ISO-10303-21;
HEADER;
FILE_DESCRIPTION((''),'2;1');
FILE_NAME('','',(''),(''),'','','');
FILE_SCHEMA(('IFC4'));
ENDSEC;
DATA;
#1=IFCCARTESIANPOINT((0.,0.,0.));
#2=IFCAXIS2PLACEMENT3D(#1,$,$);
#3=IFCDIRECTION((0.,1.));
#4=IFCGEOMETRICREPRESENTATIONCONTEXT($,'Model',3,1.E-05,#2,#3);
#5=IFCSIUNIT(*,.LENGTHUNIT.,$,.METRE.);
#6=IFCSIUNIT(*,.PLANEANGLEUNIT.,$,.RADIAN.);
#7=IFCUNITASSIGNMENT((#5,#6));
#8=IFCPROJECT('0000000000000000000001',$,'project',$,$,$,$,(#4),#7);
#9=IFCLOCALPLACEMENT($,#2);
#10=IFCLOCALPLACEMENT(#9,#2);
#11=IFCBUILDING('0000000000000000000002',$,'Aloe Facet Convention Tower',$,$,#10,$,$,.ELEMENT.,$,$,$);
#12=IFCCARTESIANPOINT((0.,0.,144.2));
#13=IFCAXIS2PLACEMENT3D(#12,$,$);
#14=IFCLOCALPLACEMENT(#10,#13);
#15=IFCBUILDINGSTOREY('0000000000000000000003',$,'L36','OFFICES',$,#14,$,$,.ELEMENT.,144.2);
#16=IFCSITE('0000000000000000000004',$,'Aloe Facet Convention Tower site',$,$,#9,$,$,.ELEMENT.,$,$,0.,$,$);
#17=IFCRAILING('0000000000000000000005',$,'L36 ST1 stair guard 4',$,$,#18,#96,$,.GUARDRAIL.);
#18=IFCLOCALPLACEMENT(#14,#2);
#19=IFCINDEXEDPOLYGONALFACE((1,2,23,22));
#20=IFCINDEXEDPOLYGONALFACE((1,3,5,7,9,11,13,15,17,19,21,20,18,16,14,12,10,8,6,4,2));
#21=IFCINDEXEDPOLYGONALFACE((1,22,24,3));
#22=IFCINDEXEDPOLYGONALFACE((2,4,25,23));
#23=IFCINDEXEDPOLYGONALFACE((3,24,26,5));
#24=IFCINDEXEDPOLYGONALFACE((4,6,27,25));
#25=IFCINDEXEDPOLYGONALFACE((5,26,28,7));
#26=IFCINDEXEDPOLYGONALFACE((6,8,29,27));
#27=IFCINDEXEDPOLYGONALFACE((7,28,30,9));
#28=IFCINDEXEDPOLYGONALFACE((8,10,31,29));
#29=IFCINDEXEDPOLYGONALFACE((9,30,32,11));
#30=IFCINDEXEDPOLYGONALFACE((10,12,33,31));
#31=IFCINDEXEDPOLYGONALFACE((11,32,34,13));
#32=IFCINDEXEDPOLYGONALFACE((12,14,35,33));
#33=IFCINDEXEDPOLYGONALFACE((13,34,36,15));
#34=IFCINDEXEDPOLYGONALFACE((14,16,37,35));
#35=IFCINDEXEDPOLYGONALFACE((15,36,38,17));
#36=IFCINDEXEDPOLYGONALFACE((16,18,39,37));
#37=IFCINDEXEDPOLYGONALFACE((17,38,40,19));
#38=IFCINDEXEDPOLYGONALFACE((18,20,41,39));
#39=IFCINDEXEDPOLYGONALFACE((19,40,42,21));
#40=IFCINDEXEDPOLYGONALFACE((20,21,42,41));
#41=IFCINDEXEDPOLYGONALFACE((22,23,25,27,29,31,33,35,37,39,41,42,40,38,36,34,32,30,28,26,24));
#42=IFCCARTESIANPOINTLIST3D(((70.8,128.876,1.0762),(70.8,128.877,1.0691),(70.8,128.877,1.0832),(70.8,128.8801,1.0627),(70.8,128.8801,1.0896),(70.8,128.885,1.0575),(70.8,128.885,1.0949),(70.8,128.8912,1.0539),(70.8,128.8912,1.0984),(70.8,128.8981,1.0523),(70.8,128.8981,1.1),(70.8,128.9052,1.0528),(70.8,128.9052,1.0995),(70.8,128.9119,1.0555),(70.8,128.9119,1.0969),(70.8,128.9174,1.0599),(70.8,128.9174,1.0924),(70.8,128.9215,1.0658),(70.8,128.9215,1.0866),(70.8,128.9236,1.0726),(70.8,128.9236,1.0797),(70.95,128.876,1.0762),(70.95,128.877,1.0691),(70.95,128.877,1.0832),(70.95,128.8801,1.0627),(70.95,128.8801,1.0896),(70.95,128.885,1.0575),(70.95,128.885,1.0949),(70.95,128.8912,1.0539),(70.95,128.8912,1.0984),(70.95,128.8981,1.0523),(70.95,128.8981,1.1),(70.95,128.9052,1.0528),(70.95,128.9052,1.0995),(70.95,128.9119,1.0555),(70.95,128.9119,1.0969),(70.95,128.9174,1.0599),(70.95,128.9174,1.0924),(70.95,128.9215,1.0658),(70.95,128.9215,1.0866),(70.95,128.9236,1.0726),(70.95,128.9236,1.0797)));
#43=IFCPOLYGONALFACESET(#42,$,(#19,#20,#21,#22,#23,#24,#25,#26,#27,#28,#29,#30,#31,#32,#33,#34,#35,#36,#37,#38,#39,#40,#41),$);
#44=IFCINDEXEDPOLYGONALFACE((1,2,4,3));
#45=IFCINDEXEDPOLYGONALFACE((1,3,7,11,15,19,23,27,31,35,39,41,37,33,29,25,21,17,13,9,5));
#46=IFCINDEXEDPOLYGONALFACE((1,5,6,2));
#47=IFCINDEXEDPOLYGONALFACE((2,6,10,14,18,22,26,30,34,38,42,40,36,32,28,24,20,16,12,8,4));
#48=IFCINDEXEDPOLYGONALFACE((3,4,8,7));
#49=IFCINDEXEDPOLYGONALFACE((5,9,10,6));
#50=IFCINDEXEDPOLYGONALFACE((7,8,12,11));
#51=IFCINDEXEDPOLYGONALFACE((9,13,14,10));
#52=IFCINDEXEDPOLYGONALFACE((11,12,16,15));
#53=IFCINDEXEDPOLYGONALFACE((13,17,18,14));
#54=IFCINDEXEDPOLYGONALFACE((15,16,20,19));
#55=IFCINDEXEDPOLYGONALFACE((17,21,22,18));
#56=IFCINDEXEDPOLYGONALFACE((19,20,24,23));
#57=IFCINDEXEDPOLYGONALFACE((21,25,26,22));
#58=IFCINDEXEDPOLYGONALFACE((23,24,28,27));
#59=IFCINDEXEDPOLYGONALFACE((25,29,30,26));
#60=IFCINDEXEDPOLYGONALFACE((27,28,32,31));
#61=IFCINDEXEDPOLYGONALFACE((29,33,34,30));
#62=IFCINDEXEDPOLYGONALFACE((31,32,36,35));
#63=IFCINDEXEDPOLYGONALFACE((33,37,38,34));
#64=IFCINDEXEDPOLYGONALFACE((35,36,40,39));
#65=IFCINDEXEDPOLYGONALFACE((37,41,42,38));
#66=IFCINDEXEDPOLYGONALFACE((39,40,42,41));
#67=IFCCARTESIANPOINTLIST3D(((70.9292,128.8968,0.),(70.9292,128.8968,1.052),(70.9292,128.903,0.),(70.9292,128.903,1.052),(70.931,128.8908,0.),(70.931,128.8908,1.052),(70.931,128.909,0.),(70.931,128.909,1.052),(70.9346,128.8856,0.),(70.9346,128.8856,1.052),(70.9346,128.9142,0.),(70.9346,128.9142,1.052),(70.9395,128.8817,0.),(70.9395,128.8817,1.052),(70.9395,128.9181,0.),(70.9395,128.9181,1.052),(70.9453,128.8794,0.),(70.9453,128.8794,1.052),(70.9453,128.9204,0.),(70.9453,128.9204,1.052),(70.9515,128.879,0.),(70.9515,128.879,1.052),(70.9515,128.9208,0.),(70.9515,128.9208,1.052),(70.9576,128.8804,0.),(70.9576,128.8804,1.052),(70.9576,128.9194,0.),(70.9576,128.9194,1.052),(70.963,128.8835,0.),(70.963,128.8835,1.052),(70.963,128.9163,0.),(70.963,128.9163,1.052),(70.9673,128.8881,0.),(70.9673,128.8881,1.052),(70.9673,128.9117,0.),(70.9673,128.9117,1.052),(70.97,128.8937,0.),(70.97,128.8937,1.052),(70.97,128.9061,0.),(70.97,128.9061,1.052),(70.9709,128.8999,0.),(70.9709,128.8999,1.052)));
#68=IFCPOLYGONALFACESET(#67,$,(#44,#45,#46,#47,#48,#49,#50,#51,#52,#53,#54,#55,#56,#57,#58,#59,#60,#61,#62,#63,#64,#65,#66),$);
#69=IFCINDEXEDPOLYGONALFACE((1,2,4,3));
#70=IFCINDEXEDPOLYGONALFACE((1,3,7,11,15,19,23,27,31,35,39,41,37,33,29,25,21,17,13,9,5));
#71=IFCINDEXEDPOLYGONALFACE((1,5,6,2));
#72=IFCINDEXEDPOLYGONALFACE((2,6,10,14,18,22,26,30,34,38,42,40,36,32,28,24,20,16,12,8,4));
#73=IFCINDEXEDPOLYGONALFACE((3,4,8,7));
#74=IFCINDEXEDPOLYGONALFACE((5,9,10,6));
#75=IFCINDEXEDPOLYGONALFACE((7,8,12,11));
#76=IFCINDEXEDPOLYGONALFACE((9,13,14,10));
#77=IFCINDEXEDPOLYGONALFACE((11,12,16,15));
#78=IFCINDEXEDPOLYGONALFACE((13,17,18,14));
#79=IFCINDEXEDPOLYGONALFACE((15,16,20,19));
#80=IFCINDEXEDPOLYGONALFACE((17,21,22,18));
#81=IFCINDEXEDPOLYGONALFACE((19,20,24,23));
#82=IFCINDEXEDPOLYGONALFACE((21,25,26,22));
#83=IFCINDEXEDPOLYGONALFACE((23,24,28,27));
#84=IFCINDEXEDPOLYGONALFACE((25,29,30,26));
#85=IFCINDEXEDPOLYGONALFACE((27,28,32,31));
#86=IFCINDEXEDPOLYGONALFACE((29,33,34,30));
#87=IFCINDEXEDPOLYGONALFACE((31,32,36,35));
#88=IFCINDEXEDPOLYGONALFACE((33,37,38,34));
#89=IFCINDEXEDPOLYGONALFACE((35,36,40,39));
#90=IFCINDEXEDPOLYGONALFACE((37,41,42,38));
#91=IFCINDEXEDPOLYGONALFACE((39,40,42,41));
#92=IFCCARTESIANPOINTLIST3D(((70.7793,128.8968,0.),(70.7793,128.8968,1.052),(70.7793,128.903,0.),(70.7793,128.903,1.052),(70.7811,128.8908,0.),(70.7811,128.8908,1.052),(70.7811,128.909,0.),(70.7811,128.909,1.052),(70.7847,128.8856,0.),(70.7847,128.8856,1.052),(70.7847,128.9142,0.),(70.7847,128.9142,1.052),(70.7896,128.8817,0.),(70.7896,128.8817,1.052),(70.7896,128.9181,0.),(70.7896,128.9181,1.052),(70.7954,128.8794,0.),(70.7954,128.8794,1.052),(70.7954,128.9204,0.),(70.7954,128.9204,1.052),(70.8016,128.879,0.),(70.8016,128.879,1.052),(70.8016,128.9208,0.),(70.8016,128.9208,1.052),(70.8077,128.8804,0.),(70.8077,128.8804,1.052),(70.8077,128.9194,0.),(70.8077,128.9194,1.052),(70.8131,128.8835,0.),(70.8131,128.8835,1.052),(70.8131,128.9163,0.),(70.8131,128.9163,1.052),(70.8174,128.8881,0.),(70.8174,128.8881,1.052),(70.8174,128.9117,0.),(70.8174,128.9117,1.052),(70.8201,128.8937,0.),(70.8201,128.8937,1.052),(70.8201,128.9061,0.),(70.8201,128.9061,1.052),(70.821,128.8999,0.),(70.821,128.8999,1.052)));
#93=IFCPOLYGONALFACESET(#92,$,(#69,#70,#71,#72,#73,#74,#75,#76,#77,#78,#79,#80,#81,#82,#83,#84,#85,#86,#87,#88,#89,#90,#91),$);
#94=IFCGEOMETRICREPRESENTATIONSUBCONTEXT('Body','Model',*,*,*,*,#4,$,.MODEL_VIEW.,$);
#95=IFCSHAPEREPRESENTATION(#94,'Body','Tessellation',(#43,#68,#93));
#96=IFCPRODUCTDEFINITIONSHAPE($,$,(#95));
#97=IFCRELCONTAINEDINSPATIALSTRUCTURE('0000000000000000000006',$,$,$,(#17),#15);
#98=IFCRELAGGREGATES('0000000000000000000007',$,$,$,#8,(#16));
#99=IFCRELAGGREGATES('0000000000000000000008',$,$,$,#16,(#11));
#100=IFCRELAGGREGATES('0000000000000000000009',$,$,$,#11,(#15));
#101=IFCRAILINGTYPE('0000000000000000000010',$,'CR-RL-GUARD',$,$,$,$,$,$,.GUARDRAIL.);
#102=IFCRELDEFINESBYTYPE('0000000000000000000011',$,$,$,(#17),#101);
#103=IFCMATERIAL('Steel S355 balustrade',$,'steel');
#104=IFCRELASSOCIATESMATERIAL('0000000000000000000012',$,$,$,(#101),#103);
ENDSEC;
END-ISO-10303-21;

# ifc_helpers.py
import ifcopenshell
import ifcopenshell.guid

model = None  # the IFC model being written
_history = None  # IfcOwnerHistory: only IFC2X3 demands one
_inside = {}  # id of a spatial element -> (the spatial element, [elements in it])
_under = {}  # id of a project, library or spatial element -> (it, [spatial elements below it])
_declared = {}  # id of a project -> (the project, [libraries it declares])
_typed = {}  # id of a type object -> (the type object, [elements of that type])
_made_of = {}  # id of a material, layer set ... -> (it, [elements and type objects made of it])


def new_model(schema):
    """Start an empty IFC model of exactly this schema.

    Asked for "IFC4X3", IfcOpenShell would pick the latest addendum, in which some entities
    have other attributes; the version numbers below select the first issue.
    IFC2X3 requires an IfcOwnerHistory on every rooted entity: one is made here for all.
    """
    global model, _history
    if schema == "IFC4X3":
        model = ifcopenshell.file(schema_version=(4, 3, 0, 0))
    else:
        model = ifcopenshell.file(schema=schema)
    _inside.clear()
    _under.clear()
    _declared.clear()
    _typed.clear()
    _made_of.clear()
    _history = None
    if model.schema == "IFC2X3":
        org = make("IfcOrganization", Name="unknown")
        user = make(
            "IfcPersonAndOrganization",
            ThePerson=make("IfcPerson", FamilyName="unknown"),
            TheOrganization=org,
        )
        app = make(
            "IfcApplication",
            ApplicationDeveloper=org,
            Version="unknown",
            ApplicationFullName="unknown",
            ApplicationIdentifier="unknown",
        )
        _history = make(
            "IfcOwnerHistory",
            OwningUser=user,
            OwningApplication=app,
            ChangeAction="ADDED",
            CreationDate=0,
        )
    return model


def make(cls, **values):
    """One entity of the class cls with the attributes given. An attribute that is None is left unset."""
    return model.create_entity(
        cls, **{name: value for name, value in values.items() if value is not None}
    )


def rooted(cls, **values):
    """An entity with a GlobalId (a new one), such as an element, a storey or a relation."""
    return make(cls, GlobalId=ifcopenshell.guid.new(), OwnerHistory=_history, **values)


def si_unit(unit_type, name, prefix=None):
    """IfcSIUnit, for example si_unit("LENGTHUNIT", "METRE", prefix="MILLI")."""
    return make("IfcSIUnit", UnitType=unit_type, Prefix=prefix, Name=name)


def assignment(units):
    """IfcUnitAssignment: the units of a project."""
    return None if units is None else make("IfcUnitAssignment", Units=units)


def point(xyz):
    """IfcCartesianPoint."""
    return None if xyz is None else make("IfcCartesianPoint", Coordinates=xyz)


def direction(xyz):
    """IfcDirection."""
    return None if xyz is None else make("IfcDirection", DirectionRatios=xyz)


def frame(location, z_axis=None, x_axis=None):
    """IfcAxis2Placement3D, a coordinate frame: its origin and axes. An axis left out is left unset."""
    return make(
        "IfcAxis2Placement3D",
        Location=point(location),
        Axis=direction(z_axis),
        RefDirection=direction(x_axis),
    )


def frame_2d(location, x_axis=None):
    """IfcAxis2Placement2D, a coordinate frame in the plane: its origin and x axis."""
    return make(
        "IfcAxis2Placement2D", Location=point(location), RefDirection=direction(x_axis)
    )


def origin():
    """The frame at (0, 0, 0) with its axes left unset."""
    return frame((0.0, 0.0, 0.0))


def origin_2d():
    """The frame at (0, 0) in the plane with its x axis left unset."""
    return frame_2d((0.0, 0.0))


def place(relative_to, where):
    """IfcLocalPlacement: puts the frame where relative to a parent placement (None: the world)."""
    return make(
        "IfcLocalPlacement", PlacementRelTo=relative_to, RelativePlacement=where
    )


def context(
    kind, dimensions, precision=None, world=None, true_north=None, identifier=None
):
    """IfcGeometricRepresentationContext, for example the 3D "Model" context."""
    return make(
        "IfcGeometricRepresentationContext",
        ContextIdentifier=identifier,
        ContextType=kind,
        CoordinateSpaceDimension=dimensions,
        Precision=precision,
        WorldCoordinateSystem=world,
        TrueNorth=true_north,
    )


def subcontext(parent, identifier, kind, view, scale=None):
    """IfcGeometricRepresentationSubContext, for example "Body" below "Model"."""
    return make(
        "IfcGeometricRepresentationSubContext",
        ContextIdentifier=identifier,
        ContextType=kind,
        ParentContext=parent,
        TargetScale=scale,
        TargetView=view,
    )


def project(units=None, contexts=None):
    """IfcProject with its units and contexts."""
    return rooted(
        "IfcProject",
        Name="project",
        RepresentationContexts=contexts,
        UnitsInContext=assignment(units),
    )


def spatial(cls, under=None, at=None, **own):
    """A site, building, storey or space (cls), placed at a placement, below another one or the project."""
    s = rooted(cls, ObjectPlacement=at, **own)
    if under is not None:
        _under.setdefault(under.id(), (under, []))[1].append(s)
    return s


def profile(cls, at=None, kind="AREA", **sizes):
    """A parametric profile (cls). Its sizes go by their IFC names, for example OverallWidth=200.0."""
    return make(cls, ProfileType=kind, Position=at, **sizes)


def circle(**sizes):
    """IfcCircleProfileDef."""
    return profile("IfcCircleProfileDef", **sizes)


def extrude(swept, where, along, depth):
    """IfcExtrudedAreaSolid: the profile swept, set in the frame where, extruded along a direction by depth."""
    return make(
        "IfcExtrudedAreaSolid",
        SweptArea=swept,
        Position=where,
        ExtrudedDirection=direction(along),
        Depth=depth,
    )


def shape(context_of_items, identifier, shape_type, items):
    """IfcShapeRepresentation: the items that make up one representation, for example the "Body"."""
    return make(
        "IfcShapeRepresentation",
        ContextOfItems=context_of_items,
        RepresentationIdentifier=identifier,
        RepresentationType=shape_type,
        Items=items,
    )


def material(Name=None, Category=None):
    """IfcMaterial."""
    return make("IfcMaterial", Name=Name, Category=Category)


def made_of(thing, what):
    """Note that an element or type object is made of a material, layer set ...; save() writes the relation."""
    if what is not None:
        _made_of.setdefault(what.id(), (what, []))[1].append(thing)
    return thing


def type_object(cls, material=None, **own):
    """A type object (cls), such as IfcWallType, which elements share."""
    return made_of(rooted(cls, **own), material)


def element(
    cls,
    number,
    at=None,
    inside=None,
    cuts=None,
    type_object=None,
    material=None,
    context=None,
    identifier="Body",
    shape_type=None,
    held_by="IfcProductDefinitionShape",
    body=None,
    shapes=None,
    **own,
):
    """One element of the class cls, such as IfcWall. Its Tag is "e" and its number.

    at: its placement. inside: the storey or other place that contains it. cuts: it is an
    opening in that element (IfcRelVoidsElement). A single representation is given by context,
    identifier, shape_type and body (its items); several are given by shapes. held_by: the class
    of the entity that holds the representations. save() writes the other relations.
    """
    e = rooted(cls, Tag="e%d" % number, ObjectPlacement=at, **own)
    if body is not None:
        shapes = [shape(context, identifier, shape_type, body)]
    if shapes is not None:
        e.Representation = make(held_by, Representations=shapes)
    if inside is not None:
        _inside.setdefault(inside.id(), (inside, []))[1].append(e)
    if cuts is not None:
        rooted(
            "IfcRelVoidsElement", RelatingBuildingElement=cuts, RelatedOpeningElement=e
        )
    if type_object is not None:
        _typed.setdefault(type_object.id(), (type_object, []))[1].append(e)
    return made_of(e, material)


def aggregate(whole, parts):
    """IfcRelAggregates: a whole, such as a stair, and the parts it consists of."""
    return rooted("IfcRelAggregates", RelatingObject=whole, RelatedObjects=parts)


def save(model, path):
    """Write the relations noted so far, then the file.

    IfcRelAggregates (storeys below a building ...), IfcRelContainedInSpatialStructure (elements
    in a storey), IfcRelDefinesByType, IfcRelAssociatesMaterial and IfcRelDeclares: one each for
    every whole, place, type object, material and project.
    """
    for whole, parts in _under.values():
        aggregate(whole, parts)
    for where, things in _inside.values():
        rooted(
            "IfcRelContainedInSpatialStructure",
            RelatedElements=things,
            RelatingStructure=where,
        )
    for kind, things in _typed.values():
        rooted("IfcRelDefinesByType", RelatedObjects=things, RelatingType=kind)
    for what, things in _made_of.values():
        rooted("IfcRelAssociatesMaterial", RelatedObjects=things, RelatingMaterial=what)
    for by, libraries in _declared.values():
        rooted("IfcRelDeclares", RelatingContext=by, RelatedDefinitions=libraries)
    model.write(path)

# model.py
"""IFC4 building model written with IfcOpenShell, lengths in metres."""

from ifc_helpers import new_model, si_unit, direction, frame, origin, origin_2d, place, context, subcontext, project, spatial, circle, extrude, material, type_object, element, save


model = new_model("IFC4")

# Units and contexts
model_context = context("Model", 3, precision=1e-05, world=origin(), true_north=direction((0.0, 1.0)))
body_context = subcontext(model_context, "Body", "Model", "MODEL_VIEW")
ifc_project = project(units=[si_unit("LENGTHUNIT", "METRE"), si_unit("PLANEANGLEUNIT", "RADIAN")], contexts=[model_context])

# Site, building, storey
site_placement = place(None, origin())
site = spatial("IfcSite", under=ifc_project, at=site_placement, Name="Aloe Facet Convention Tower site", CompositionType="ELEMENT", RefElevation=0.0)
building_placement = place(site_placement, origin())
building = spatial("IfcBuilding", under=site, at=building_placement, Name="Aloe Facet Convention Tower", CompositionType="ELEMENT")
storey_placement = place(building_placement, frame((0.0, 0.0, 144.2)))
storey = spatial("IfcBuildingStorey", under=building, at=storey_placement, Name="L36", Description="OFFICES", CompositionType="ELEMENT", Elevation=144.2)

# Railing
ifc_material_1 = material(Name="Steel S355 balustrade", Category="steel")
railing_type_1 = type_object("IfcRailingType", Name="CR-RL-GUARD", PredefinedType="GUARDRAIL", material=ifc_material_1)
railing_1_placement = place(storey_placement, frame((70.95, 128.8999, 0.0)))
element("IfcRailing", 1, at=railing_1_placement, inside=storey, type_object=railing_type_1, Name="L36 ST1 stair guard 4", PredefinedType="GUARDRAIL", context=body_context, shape_type="SweptSolid", body=[
    extrude(circle(Radius=0.0239, at=origin_2d()), frame((0.0, 0.0, 1.0762), z_axis=(-1.0, 0.0, 0.0), x_axis=(0.0, -1.0, 0.0)), (0.0, 0.0, 1.0), 0.1499),
    extrude(circle(Radius=0.021, at=origin_2d()), origin(), (0.0, 0.0, 1.0), 1.052),
    extrude(circle(Radius=0.021, at=origin_2d()), frame((-0.1499, 0.0, 0.0)), (0.0, 0.0, 1.0), 1.052),
])

save(model, "model.ifc")
